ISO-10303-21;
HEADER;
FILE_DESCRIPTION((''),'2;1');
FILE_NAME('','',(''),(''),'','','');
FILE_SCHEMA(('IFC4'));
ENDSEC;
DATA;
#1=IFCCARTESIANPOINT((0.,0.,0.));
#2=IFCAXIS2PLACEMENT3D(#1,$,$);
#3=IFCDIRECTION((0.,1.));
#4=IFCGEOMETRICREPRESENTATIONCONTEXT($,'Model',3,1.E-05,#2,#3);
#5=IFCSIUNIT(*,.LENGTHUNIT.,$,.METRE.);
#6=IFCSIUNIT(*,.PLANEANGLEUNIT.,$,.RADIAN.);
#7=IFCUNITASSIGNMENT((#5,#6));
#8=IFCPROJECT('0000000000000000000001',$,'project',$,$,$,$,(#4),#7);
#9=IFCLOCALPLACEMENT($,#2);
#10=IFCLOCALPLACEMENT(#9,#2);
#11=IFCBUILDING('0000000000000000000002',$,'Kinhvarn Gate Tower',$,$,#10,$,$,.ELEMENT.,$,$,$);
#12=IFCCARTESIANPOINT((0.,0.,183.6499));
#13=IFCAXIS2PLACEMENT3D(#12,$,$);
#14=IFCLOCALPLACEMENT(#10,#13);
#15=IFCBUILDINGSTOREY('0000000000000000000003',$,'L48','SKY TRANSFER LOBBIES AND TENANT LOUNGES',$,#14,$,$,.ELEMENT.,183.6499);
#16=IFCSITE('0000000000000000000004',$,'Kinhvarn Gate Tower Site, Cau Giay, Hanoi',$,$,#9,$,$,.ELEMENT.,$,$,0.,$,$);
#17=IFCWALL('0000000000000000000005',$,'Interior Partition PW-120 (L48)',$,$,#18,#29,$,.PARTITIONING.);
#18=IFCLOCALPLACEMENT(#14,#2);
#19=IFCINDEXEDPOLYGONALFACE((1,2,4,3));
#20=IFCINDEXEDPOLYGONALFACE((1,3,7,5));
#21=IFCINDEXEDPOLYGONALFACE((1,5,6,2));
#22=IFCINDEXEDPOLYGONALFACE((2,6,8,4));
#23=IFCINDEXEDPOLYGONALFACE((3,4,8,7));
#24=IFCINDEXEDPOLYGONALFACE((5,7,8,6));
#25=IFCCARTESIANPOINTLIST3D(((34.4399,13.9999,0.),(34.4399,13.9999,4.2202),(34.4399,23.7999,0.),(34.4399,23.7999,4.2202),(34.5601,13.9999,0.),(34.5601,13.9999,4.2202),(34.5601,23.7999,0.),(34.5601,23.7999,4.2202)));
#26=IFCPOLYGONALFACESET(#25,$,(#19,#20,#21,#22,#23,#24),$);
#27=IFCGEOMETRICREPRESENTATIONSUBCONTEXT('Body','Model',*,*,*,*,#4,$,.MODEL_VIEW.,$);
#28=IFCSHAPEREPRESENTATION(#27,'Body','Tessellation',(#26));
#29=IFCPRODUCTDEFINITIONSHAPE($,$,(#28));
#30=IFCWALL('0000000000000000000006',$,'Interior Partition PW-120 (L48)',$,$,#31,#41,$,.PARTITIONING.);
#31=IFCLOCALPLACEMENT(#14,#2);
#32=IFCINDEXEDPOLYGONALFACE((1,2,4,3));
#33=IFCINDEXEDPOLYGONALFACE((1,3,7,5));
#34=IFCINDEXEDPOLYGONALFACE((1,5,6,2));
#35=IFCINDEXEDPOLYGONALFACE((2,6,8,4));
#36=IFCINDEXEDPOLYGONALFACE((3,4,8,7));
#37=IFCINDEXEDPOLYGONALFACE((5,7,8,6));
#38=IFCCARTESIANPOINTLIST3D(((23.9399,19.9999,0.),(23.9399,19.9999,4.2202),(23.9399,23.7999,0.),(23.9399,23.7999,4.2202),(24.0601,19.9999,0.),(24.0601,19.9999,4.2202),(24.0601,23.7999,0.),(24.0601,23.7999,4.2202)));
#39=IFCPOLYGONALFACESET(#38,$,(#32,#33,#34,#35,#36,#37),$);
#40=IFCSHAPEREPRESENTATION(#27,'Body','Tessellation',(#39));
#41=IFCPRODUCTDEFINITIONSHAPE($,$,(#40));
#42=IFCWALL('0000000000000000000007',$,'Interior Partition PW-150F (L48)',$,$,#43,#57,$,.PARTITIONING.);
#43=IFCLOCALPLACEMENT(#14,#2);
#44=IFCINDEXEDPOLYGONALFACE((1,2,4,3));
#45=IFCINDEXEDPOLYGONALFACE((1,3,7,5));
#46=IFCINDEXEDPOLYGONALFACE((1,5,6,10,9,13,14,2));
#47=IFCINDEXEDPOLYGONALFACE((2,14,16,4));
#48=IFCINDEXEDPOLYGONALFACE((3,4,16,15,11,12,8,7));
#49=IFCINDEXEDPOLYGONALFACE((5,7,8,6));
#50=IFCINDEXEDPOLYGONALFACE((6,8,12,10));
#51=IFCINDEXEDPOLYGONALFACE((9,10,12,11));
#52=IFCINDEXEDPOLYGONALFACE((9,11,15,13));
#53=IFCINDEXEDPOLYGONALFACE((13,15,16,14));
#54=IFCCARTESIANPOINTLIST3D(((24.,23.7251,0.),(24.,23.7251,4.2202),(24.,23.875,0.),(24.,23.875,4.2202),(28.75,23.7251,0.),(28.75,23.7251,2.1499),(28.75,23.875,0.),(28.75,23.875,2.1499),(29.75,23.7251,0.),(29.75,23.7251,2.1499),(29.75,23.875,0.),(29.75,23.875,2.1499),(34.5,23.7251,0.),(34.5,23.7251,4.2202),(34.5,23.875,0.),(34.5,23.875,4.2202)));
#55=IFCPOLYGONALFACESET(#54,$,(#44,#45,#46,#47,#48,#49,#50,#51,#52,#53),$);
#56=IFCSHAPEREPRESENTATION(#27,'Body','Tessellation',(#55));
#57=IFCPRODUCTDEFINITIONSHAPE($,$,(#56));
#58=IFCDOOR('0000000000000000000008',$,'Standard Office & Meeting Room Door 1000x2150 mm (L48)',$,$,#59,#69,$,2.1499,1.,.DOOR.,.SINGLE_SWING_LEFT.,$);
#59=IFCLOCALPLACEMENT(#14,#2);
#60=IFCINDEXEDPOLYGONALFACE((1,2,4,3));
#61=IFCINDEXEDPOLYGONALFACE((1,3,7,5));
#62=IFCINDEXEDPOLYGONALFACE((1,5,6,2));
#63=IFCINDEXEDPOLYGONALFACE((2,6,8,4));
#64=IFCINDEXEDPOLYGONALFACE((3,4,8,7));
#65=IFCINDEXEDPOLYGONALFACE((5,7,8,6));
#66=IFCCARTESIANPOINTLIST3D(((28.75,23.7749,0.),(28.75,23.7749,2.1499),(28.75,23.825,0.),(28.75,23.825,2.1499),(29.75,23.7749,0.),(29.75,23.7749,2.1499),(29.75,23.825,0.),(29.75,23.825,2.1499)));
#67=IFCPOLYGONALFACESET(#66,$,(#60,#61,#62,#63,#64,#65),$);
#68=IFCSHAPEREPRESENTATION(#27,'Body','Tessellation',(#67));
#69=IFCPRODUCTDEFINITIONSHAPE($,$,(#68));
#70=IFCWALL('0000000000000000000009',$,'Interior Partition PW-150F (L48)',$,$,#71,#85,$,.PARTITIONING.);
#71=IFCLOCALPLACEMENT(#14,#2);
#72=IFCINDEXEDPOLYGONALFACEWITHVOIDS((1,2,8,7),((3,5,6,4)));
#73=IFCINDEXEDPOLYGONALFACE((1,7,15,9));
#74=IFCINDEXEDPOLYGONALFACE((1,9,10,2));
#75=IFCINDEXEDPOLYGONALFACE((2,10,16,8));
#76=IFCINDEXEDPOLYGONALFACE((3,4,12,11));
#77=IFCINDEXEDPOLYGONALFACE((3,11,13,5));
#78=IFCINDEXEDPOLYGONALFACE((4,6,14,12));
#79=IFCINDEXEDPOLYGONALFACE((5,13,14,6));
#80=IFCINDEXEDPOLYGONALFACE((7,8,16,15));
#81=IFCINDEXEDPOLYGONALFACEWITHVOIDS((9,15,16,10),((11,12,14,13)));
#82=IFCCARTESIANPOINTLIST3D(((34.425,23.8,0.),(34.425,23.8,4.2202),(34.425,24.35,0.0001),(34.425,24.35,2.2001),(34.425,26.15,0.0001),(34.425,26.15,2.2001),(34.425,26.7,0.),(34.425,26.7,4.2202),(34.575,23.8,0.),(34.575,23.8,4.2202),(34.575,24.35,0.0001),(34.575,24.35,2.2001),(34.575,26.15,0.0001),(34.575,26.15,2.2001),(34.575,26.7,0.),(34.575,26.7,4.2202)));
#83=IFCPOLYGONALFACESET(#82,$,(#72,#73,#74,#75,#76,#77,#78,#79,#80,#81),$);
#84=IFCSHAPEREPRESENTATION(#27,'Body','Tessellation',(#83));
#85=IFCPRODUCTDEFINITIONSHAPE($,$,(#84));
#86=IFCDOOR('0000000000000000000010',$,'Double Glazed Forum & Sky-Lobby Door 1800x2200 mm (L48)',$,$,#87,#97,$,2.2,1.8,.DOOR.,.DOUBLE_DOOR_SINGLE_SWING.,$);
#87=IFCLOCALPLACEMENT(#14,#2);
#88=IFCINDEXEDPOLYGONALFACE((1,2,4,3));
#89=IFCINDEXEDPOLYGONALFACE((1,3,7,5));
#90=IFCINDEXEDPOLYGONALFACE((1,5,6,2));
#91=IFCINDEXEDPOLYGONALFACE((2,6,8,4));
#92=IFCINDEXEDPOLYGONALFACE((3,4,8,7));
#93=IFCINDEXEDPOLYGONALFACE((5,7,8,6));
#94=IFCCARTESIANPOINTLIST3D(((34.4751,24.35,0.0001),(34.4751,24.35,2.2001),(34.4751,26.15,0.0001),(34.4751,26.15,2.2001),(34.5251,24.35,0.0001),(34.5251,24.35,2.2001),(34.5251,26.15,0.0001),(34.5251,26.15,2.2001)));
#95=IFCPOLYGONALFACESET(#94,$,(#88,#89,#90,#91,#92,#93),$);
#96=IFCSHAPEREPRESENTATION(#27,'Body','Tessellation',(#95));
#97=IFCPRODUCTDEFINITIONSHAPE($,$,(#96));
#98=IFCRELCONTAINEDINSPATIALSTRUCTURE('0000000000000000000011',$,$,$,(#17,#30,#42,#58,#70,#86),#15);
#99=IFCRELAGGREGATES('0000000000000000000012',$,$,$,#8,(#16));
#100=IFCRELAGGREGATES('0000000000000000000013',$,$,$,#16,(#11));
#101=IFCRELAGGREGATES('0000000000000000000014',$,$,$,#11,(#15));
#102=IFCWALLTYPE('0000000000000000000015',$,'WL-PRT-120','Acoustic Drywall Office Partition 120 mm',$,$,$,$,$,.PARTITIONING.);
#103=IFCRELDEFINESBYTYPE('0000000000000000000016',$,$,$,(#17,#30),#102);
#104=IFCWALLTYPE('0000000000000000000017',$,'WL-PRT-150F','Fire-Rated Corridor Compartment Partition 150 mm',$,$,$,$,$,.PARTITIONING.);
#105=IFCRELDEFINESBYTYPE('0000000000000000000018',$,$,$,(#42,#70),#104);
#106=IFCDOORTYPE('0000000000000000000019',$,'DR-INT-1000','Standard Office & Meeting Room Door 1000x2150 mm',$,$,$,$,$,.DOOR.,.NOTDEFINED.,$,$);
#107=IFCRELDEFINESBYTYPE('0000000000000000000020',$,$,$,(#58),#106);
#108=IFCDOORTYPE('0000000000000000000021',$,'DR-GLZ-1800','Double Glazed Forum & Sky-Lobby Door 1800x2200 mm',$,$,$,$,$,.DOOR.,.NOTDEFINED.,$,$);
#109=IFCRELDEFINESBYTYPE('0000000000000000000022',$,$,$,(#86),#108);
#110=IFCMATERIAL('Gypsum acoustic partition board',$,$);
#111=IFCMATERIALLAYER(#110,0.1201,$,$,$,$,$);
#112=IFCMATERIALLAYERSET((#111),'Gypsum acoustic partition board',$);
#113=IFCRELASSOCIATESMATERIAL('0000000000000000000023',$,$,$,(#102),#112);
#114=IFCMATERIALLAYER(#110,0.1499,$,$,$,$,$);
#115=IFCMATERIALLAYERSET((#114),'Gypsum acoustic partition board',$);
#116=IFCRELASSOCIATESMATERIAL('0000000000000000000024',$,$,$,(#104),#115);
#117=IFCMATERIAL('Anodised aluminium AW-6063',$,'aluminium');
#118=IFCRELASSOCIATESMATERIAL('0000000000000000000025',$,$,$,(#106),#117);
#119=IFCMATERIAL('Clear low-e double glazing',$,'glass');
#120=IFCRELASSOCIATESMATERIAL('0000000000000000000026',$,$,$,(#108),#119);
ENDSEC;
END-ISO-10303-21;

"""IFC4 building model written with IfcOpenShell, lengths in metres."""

from ifc_helpers import new_model, si_unit, direction, frame, frame_2d, origin, place, context, subcontext, project, spatial, rectangle, extrude, material, layer, layer_set, type_object, element, fill, save


model = new_model("IFC4")

# Units and contexts
model_context = context("Model", 3, precision=1e-05, world=origin(), true_north=direction((0.0, 1.0)))
body_context = subcontext(model_context, "Body", "Model", "MODEL_VIEW")
ifc_project = project(units=[si_unit("LENGTHUNIT", "METRE"), si_unit("PLANEANGLEUNIT", "RADIAN")], contexts=[model_context])

# Site, building, storey
site_placement = place(None, origin())
site = spatial("IfcSite", under=ifc_project, at=site_placement, Name="Kinhvarn Gate Tower Site, Cau Giay, Hanoi", CompositionType="ELEMENT", RefElevation=0.0)
building_placement = place(site_placement, origin())
building = spatial("IfcBuilding", under=site, at=building_placement, Name="Kinhvarn Gate Tower", CompositionType="ELEMENT")
storey_placement = place(building_placement, frame((0.0, 0.0, 183.6499)))
storey = spatial("IfcBuildingStorey", under=building, at=storey_placement, Name="L48", Description="SKY TRANSFER LOBBIES AND TENANT LOUNGES", CompositionType="ELEMENT", Elevation=183.6499)

# Walls
ifc_material_1 = material(Name="Gypsum acoustic partition board")
ifc_layer_1 = layer(ifc_material_1, 0.1201)
ifc_layer_set_1 = layer_set([ifc_layer_1], Name="Gypsum acoustic partition board")
wall_type_1 = type_object("IfcWallType", Name="WL-PRT-120", Description="Acoustic Drywall Office Partition 120 mm", PredefinedType="PARTITIONING", material=ifc_layer_set_1)
wall_1_placement = place(storey_placement, frame((34.5, 14.0, 0.0), z_axis=(0.0, 0.0, 1.0), x_axis=(0.0, 1.0, 0.0)))
element("IfcWall", 1, at=wall_1_placement, inside=storey, type_object=wall_type_1, Name="Interior Partition PW-120 (L48)", PredefinedType="PARTITIONING", context=body_context, shape_type="SweptSolid", body=[
    extrude(rectangle(XDim=9.8, YDim=0.1201, at=frame_2d((4.8999, 0.0))), origin(), (0.0, 0.0, 1.0), 4.2202),
])
wall_2_placement = place(storey_placement, frame((24.0, 20.0, 0.0), z_axis=(0.0, 0.0, 1.0), x_axis=(0.0, 1.0, 0.0)))
element("IfcWall", 2, at=wall_2_placement, inside=storey, type_object=wall_type_1, Name="Interior Partition PW-120 (L48)", PredefinedType="PARTITIONING", context=body_context, shape_type="SweptSolid", body=[
    extrude(rectangle(XDim=3.8, YDim=0.1201, at=frame_2d((1.8999, 0.0))), origin(), (0.0, 0.0, 1.0), 4.2202),
])

# Walls, openings, doors
ifc_layer_2 = layer(ifc_material_1, 0.1499)
ifc_layer_set_2 = layer_set([ifc_layer_2], Name="Gypsum acoustic partition board")
wall_type_2 = type_object("IfcWallType", Name="WL-PRT-150F", Description="Fire-Rated Corridor Compartment Partition 150 mm", PredefinedType="PARTITIONING", material=ifc_layer_set_2)
wall_3_placement = place(storey_placement, frame((24.0, 23.8, 0.0), z_axis=(0.0, 0.0, 1.0), x_axis=(1.0, 0.0, 0.0)))
wall_3 = element("IfcWall", 3, at=wall_3_placement, inside=storey, type_object=wall_type_2, Name="Interior Partition PW-150F (L48)", PredefinedType="PARTITIONING", context=body_context, shape_type="SweptSolid", body=[
    extrude(rectangle(XDim=10.5, YDim=0.1499, at=frame_2d((5.25, 0.0))), origin(), (0.0, 0.0, 1.0), 4.2202),
])
opening_1_placement = place(wall_3_placement, frame((4.75, 0.0, 0.0)))
opening_1 = element("IfcOpeningElement", 4, at=opening_1_placement, cuts=wall_3, PredefinedType="OPENING", context=body_context, shape_type="SweptSolid", body=[
    extrude(rectangle(XDim=1.0, YDim=2.1499, at=frame_2d((0.5, 1.075))), frame((0.0, 0.085, 0.0), z_axis=(0.0, -1.0, 0.0), x_axis=(1.0, 0.0, 0.0)), (0.0, 0.0, 1.0), 0.1699),
])
ifc_material_2 = material(Name="Anodised aluminium AW-6063", Category="aluminium")
door_type_1 = type_object("IfcDoorType", Name="DR-INT-1000", Description="Standard Office & Meeting Room Door 1000x2150 mm", OperationType="NOTDEFINED", PredefinedType="DOOR", material=ifc_material_2)
door_1_placement = place(opening_1_placement, origin())
door_1 = element("IfcDoor", 5, at=door_1_placement, inside=storey, type_object=door_type_1, Name="Standard Office & Meeting Room Door 1000x2150 mm (L48)", OperationType="SINGLE_SWING_LEFT", OverallHeight=2.1499, OverallWidth=1.0, PredefinedType="DOOR", context=body_context, shape_type="SweptSolid", body=[
    extrude(rectangle(XDim=1.0, YDim=2.1499, at=frame_2d((0.5, 1.075))), frame((0.0, 0.0249, 0.0), z_axis=(0.0, -1.0, 0.0), x_axis=(1.0, 0.0, 0.0)), (0.0, 0.0, 1.0), 0.05),
])
fill(opening_1, door_1)
wall_4_placement = place(storey_placement, frame((34.5, 23.8, 0.0), z_axis=(0.0, 0.0, 1.0), x_axis=(0.0, 1.0, 0.0)))
wall_4 = element("IfcWall", 6, at=wall_4_placement, inside=storey, type_object=wall_type_2, Name="Interior Partition PW-150F (L48)", PredefinedType="PARTITIONING", context=body_context, shape_type="SweptSolid", body=[
    extrude(rectangle(XDim=2.8999, YDim=0.1499, at=frame_2d((1.45, 0.0))), origin(), (0.0, 0.0, 1.0), 4.2202),
])
opening_2_placement = place(wall_4_placement, frame((0.55, 0.0, 0.0)))
opening_2 = element("IfcOpeningElement", 7, at=opening_2_placement, cuts=wall_4, PredefinedType="OPENING", context=body_context, shape_type="SweptSolid", body=[
    extrude(rectangle(XDim=1.8, YDim=2.2, at=frame_2d((0.8999, 1.1001))), frame((0.0, 0.085, 0.0), z_axis=(0.0, -1.0, 0.0), x_axis=(1.0, 0.0, 0.0)), (0.0, 0.0, 1.0), 0.1699),
])
ifc_material_3 = material(Name="Clear low-e double glazing", Category="glass")
door_type_2 = type_object("IfcDoorType", Name="DR-GLZ-1800", Description="Double Glazed Forum & Sky-Lobby Door 1800x2200 mm", OperationType="NOTDEFINED", PredefinedType="DOOR", material=ifc_material_3)
door_2_placement = place(opening_2_placement, origin())
door_2 = element("IfcDoor", 8, at=door_2_placement, inside=storey, type_object=door_type_2, Name="Double Glazed Forum & Sky-Lobby Door 1800x2200 mm (L48)", OperationType="DOUBLE_DOOR_SINGLE_SWING", OverallHeight=2.2, OverallWidth=1.8, PredefinedType="DOOR", context=body_context, shape_type="SweptSolid", body=[
    extrude(rectangle(XDim=1.8, YDim=2.2, at=frame_2d((0.8999, 1.1001))), frame((0.0, 0.0249, 0.0), z_axis=(0.0, -1.0, 0.0), x_axis=(1.0, 0.0, 0.0)), (0.0, 0.0, 1.0), 0.05),
])
fill(opening_2, door_2)

save(model, "model.ifc")
